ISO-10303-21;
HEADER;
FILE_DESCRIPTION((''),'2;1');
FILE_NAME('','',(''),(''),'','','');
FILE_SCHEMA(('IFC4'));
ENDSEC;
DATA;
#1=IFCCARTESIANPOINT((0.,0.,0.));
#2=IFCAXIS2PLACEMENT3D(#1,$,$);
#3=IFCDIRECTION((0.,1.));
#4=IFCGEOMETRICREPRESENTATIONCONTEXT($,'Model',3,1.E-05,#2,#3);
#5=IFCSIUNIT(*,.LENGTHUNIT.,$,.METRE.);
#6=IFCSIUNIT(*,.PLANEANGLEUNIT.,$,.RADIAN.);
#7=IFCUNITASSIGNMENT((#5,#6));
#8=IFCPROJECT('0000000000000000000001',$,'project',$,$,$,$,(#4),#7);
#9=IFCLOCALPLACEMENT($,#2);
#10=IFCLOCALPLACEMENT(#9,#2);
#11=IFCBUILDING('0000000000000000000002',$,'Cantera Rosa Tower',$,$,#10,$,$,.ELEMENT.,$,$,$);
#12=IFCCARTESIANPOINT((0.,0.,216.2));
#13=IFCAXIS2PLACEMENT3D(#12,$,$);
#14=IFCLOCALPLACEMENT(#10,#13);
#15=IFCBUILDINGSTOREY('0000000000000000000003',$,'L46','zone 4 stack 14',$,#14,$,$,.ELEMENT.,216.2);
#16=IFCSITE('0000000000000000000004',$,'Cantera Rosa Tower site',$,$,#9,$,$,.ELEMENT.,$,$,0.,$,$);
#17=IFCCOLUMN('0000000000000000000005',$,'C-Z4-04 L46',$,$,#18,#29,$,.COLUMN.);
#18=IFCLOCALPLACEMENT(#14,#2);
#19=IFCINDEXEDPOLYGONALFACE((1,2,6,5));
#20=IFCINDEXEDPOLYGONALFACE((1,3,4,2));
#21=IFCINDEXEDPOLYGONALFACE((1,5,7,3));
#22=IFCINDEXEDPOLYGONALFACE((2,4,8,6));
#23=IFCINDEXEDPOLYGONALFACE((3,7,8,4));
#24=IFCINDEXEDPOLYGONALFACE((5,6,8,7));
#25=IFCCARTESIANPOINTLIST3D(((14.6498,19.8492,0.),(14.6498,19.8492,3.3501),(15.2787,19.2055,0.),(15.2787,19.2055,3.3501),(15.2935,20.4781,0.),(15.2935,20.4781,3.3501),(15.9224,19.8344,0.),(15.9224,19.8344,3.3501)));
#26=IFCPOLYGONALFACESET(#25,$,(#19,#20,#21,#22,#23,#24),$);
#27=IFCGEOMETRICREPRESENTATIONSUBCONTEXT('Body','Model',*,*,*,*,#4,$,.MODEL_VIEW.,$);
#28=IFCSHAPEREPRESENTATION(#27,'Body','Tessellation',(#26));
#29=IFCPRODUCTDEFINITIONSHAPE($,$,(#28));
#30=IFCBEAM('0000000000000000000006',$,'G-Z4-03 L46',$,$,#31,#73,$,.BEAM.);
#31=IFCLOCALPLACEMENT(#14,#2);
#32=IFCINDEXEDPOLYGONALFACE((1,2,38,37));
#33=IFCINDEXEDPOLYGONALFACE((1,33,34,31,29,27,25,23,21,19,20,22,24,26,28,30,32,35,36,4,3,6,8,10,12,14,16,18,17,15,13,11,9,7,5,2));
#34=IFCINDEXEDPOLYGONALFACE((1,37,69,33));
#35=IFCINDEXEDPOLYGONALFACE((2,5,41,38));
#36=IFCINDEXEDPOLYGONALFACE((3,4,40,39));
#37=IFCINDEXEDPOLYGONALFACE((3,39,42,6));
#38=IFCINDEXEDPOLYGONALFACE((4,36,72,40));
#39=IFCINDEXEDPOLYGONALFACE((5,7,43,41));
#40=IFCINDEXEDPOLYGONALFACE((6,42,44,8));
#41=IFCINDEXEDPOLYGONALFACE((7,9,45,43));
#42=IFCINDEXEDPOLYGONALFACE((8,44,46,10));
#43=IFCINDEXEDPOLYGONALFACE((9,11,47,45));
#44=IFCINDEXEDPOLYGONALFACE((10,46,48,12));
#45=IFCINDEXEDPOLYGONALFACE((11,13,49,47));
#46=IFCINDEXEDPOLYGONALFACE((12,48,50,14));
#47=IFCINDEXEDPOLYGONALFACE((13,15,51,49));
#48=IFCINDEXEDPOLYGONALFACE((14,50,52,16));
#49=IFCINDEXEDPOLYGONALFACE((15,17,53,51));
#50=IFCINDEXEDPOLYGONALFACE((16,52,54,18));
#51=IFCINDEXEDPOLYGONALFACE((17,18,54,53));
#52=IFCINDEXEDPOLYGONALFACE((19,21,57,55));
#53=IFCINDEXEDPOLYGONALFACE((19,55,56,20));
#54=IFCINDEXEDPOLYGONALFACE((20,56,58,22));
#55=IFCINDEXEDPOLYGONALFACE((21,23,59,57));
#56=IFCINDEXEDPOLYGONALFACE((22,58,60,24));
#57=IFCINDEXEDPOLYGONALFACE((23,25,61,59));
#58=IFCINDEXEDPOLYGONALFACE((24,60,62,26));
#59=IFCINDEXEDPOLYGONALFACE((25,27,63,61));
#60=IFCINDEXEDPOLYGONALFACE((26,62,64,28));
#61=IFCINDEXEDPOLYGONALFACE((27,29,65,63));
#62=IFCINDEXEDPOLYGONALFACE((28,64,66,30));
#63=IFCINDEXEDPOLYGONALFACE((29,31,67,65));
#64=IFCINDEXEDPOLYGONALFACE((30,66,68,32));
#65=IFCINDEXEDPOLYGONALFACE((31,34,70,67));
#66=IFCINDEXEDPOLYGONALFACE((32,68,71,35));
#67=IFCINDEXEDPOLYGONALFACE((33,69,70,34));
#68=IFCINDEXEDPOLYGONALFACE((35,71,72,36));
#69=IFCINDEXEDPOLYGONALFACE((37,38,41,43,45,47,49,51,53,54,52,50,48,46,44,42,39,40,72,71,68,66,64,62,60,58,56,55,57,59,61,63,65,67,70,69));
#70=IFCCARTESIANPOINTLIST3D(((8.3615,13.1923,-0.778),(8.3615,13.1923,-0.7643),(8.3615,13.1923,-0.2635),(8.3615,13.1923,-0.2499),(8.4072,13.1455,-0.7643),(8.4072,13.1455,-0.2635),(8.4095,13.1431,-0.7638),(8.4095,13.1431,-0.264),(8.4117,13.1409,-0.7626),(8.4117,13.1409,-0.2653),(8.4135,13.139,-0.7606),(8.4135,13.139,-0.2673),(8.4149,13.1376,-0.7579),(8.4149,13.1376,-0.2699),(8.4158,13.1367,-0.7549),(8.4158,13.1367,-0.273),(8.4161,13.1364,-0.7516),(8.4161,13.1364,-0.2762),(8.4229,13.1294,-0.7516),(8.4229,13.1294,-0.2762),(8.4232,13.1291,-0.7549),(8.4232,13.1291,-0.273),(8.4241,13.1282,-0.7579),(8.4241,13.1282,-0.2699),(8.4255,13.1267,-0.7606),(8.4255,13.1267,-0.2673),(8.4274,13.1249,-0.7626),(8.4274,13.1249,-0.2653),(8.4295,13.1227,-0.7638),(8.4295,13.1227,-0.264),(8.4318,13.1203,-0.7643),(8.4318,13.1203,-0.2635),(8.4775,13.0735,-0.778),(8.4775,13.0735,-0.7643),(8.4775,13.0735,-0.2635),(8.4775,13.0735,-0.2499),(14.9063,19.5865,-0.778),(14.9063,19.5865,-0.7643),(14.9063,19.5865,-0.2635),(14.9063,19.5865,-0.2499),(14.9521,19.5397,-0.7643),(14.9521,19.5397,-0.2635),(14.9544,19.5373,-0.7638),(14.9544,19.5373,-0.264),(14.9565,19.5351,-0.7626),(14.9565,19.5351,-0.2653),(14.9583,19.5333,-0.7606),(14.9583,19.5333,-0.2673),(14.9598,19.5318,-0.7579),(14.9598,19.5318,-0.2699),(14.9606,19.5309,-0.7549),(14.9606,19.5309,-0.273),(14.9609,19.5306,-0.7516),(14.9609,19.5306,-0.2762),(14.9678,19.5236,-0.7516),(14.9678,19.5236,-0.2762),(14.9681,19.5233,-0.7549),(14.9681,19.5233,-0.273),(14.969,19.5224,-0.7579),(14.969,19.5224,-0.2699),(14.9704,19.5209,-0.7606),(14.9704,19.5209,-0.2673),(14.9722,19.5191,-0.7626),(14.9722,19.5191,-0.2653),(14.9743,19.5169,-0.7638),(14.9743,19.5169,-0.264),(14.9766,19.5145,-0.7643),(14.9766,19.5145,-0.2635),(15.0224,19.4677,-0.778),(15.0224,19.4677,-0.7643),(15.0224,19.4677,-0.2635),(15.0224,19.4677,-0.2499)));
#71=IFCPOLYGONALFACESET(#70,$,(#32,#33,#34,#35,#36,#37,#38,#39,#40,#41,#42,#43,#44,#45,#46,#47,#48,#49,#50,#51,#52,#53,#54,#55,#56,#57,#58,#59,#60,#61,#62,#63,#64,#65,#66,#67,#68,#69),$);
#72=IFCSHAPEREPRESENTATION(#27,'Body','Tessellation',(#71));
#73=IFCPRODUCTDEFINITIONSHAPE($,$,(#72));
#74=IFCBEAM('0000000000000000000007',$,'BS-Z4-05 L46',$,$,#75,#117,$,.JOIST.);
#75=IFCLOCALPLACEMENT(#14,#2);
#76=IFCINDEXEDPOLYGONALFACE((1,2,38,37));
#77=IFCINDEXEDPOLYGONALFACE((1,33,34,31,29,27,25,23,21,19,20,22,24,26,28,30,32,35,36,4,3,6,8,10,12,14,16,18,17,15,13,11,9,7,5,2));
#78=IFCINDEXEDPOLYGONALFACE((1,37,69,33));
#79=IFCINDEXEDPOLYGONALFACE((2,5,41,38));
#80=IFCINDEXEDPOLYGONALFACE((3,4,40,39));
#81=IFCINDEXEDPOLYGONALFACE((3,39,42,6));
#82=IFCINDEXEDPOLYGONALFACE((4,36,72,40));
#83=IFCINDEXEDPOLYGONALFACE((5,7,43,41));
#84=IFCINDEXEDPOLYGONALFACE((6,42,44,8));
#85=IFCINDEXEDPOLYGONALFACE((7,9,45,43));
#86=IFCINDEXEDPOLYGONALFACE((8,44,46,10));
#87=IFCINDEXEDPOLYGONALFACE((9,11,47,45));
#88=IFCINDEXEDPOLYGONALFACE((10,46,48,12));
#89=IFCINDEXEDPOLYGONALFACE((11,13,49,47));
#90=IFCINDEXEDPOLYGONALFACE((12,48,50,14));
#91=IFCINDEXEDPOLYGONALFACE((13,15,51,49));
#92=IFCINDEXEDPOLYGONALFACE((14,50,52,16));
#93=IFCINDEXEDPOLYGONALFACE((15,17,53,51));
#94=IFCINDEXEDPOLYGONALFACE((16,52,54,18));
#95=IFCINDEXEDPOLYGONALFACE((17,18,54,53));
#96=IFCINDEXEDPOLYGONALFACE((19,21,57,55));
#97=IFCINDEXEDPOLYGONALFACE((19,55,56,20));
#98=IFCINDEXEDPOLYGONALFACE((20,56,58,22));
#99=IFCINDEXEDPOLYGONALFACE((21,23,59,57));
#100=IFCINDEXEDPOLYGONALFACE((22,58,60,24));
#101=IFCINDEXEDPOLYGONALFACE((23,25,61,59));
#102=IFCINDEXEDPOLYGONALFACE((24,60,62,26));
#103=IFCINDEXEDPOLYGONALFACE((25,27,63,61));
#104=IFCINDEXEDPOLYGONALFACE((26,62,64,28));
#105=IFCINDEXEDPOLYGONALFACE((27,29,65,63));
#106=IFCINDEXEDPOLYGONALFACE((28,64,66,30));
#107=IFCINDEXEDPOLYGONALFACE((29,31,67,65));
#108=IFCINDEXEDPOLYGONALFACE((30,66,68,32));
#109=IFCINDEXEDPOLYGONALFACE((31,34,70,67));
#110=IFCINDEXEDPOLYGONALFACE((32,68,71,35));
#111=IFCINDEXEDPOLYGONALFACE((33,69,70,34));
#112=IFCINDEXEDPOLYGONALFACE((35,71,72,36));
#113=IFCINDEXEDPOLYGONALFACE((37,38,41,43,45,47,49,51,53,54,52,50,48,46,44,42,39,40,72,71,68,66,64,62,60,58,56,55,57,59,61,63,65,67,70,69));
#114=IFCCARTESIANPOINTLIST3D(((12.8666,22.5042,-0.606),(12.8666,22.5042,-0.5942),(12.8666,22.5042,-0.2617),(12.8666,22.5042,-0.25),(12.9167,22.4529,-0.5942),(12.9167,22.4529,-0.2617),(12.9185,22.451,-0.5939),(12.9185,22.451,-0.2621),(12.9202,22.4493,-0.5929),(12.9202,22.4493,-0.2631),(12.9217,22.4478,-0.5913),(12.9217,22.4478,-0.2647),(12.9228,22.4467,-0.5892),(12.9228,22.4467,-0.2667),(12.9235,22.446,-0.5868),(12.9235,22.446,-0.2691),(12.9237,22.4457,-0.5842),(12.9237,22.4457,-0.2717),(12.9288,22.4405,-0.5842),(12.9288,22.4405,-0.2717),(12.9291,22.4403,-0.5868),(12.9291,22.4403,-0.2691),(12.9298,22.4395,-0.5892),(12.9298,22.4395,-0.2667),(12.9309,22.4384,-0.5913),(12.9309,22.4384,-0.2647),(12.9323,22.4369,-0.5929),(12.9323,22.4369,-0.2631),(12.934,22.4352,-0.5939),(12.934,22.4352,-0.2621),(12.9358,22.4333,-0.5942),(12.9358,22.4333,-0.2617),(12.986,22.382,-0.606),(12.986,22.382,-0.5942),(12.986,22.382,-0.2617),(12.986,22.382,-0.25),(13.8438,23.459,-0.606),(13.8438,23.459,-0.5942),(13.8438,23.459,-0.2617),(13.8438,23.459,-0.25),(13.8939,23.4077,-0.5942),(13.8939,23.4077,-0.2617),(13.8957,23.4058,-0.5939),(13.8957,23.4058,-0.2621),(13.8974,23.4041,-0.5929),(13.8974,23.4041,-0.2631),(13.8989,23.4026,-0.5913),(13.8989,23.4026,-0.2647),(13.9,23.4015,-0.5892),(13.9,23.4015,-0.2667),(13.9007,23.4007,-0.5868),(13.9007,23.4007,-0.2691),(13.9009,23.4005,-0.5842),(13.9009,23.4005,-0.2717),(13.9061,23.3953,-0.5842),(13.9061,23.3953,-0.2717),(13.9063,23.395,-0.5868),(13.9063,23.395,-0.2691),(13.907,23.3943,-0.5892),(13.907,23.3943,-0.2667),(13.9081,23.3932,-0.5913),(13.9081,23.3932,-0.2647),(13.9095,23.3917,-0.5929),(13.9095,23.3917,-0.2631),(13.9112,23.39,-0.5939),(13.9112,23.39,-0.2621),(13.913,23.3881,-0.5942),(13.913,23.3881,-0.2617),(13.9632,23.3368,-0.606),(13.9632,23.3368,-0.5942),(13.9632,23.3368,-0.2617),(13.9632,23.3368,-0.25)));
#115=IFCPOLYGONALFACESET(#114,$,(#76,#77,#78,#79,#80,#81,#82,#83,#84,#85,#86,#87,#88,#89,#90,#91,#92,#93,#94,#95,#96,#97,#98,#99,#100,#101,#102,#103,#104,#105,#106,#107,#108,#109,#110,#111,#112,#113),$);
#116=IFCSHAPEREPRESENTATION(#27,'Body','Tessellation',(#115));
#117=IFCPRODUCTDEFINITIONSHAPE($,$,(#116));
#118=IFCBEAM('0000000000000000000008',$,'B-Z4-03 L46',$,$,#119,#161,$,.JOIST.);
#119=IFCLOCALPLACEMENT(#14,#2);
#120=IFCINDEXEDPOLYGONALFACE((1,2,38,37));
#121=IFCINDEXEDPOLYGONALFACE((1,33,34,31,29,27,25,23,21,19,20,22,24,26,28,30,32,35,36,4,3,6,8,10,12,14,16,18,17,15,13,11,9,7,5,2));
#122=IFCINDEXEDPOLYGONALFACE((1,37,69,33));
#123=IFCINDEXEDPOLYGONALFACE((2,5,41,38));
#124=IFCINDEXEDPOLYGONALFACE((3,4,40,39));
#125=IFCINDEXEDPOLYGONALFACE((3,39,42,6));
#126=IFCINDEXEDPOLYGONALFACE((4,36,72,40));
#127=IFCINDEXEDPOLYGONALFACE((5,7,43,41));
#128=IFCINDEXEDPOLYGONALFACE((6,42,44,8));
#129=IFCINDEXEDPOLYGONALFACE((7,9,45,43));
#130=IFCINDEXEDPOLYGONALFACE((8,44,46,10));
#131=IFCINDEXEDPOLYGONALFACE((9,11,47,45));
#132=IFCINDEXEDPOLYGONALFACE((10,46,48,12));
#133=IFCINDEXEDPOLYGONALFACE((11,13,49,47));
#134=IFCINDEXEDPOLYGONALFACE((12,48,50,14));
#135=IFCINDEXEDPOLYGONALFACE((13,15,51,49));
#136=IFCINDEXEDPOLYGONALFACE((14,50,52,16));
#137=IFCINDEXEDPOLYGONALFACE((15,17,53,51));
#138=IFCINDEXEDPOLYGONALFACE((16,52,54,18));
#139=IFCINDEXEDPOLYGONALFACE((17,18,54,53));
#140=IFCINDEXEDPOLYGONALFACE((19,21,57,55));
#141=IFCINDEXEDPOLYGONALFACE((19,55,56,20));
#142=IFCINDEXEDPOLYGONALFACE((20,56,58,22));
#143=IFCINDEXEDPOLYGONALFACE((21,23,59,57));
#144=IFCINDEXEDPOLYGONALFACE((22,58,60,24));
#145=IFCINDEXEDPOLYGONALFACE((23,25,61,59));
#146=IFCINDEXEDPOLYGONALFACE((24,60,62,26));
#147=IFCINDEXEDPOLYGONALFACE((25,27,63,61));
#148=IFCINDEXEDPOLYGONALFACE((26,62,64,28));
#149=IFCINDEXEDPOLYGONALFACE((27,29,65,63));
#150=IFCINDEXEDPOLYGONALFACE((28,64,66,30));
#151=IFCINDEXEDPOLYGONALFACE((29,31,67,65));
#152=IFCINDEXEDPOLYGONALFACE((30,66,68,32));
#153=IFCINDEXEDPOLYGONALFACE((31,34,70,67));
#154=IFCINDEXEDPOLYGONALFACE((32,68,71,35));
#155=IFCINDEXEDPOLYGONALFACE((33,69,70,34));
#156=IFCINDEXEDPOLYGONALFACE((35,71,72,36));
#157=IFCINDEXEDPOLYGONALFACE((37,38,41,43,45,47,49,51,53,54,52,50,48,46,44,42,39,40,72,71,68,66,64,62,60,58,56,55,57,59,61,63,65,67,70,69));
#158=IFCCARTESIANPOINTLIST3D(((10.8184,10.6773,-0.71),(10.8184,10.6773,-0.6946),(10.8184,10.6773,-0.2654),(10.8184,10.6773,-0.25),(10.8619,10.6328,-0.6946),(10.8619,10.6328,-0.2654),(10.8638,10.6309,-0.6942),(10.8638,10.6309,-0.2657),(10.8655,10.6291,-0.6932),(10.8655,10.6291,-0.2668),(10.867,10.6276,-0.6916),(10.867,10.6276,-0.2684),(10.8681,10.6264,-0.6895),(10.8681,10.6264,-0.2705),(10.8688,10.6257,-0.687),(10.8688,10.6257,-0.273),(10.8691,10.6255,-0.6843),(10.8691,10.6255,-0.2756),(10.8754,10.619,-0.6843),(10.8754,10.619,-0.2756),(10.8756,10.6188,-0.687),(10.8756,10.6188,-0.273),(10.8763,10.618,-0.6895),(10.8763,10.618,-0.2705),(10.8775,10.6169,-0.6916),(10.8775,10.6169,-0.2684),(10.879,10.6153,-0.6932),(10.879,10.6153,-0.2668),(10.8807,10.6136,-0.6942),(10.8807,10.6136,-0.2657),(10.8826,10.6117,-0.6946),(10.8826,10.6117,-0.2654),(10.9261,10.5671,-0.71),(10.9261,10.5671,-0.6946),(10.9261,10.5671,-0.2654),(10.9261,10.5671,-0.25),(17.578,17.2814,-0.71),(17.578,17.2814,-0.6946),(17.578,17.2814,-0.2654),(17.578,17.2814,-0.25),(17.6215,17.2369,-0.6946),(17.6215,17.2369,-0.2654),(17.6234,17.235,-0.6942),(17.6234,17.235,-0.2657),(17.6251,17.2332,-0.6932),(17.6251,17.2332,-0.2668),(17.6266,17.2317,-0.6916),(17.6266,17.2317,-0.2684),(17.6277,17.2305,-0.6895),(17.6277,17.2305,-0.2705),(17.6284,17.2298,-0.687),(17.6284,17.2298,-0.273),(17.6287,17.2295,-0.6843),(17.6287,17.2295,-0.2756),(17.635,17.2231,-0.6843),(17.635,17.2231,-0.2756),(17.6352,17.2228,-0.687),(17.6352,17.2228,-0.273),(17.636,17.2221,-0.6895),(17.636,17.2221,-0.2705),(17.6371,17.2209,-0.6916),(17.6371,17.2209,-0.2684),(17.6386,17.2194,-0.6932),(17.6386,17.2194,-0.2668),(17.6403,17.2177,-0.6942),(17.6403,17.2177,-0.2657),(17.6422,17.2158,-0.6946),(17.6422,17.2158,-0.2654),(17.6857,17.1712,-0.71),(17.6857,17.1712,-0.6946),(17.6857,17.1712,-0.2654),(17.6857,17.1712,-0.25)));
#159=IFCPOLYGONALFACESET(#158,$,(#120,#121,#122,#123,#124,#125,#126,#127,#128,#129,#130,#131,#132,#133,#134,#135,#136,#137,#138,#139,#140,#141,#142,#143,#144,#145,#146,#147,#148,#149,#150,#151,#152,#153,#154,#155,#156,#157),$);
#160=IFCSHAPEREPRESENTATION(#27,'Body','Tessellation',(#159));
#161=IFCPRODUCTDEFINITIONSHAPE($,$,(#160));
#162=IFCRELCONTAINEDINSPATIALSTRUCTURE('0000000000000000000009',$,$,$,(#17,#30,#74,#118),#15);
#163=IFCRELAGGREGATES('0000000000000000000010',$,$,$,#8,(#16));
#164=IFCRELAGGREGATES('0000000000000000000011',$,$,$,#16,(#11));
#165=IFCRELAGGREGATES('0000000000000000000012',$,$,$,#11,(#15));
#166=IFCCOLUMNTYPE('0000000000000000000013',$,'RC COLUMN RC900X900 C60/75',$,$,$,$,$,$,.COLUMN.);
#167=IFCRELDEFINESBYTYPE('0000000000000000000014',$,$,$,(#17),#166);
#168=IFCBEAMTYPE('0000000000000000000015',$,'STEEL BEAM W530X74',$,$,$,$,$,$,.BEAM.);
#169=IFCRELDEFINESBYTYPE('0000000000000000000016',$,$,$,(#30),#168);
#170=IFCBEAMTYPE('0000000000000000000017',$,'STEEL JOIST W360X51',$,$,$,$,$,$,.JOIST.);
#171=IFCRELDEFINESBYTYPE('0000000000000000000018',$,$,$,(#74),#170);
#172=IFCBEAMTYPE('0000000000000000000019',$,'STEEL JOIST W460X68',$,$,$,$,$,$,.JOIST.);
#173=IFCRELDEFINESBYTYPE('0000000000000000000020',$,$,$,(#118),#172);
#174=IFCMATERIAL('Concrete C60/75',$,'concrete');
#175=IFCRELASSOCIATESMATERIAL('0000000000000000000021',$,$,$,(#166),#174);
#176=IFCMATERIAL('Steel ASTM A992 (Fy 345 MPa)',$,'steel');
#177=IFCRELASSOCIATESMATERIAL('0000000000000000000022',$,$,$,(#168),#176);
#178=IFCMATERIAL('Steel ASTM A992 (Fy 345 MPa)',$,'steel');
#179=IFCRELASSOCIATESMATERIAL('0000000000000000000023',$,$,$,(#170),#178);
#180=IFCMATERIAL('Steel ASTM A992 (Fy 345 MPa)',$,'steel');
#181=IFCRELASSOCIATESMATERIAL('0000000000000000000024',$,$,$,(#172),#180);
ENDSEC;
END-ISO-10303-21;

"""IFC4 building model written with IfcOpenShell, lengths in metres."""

from ifc_helpers import new_model, si_unit, direction, frame, origin, origin_2d, place, context, subcontext, project, spatial, rectangle, i_section, extrude, material, material_profile, profile_set, type_object, element, save


model = new_model("IFC4")

# Units and contexts
model_context = context("Model", 3, precision=1e-05, world=origin(), true_north=direction((0.0, 1.0)))
body_context = subcontext(model_context, "Body", "Model", "MODEL_VIEW")
ifc_project = project(units=[si_unit("LENGTHUNIT", "METRE"), si_unit("PLANEANGLEUNIT", "RADIAN")], contexts=[model_context])

# Site, building, storey
site_placement = place(None, origin())
site = spatial("IfcSite", under=ifc_project, at=site_placement, Name="Cantera Rosa Tower site", CompositionType="ELEMENT", RefElevation=0.0)
building_placement = place(site_placement, origin())
building = spatial("IfcBuilding", under=site, at=building_placement, Name="Cantera Rosa Tower", CompositionType="ELEMENT")
storey_placement = place(building_placement, frame((0.0, 0.0, 216.2)))
storey = spatial("IfcBuildingStorey", under=building, at=storey_placement, Name="L46", Description="zone 4 stack 14", CompositionType="ELEMENT", Elevation=216.2)

# Column
ifc_material_1 = material(Name="Concrete C60/75", Category="concrete")
ifc_material_profile_1 = material_profile(ifc_material_1, rectangle(XDim=0.8999, YDim=0.8999, at=origin_2d()), Name="RC COLUMN RC900X900 C60/75")
ifc_profile_set_1 = profile_set([ifc_material_profile_1], Name="Concrete C60/75")
column_type = type_object("IfcColumnType", Name="RC COLUMN RC900X900 C60/75", PredefinedType="COLUMN", material=ifc_profile_set_1)
column_placement = place(storey_placement, frame((15.2861, 19.8418, 0.0), z_axis=(0.0, 0.0, 1.0), x_axis=(0.715286, 0.698832, 0.0)))
element("IfcColumn", 1, at=column_placement, inside=storey, type_object=column_type, Name="C-Z4-04 L46", PredefinedType="COLUMN", context=body_context, shape_type="SweptSolid", body=[
    extrude(rectangle(XDim=0.8999, YDim=0.8999, at=origin_2d()), origin(), (0.0, 0.0, 1.0), 3.3501),
])

# Beams
ifc_material_2 = material(Name="Steel ASTM A992 (Fy 345 MPa)", Category="steel")
ifc_material_profile_2 = material_profile(ifc_material_2, i_section(OverallWidth=0.166, OverallDepth=0.5281, WebThickness=0.0098, FlangeThickness=0.0137, FilletRadius=0.0127, at=origin_2d()), Name="W530X74")
ifc_profile_set_2 = profile_set([ifc_material_profile_2], Name="Steel ASTM A992 (Fy 345 MPa)")
beam_type_1 = type_object("IfcBeamType", Name="STEEL BEAM W530X74", PredefinedType="BEAM", material=ifc_profile_set_2)
beam_1_placement = place(storey_placement, frame((14.9644, 19.5271, -0.5139), z_axis=(-0.71529, -0.698827, 0.0), x_axis=(0.698827, -0.71529, 0.0)))
element("IfcBeam", 2, at=beam_1_placement, inside=storey, type_object=beam_type_1, Name="G-Z4-03 L46", PredefinedType="BEAM", context=body_context, shape_type="SweptSolid", body=[
    extrude(i_section(OverallWidth=0.166, OverallDepth=0.5281, WebThickness=0.0098, FlangeThickness=0.0137, FilletRadius=0.0127, at=origin_2d()), origin(), (0.0, 0.0, 1.0), 9.1499),
])
ifc_material_3 = material(Name="Steel ASTM A992 (Fy 345 MPa)", Category="steel")
ifc_material_profile_3 = material_profile(ifc_material_3, i_section(OverallWidth=0.1709, OverallDepth=0.356, WebThickness=0.0073, FlangeThickness=0.0117, FilletRadius=0.01, at=origin_2d()), Name="W360X51")
ifc_profile_set_3 = profile_set([ifc_material_profile_3], Name="Steel ASTM A992 (Fy 345 MPa)")
beam_type_2 = type_object("IfcBeamType", Name="STEEL JOIST W360X51", PredefinedType="JOIST", material=ifc_profile_set_3)
beam_2_placement = place(storey_placement, frame((12.9263, 22.4431, -0.428), z_axis=(0.715279, 0.698839, 0.0), x_axis=(-0.698839, 0.715279, 0.0)))
element("IfcBeam", 3, at=beam_2_placement, inside=storey, type_object=beam_type_2, Name="BS-Z4-05 L46", PredefinedType="JOIST", context=body_context, shape_type="SweptSolid", body=[
    extrude(i_section(OverallWidth=0.1709, OverallDepth=0.356, WebThickness=0.0073, FlangeThickness=0.0117, FilletRadius=0.01, at=origin_2d()), origin(), (0.0, 0.0, 1.0), 1.3662),
])
ifc_material_4 = material(Name="Steel ASTM A992 (Fy 345 MPa)", Category="steel")
ifc_material_profile_4 = material_profile(ifc_material_4, i_section(OverallWidth=0.1541, OverallDepth=0.46, WebThickness=0.009, FlangeThickness=0.0154, FilletRadius=0.0103, at=origin_2d()), Name="W460X68")
ifc_profile_set_4 = profile_set([ifc_material_profile_4], Name="Steel ASTM A992 (Fy 345 MPa)")
beam_type_3 = type_object("IfcBeamType", Name="STEEL JOIST W460X68", PredefinedType="JOIST", material=ifc_profile_set_4)
for number, where, z_axis, x_axis, name in (
    (4, (17.6318, 17.2263, -0.48), (-0.715287, -0.698831, 0.0), (0.698831, -0.715287, 0.0), "B-Z4-03 L46"),
):
    element("IfcBeam", number, at=place(storey_placement, frame(where, z_axis=z_axis, x_axis=x_axis)), inside=storey, type_object=beam_type_3, Name=name, PredefinedType="JOIST", context=body_context, shape_type="SweptSolid", body=[
        extrude(i_section(OverallWidth=0.1541, OverallDepth=0.46, WebThickness=0.009, FlangeThickness=0.0154, FilletRadius=0.0103, at=origin_2d()), origin(), (0.0, 0.0, 1.0), 9.4502),
    ])

save(model, "model.ifc")
